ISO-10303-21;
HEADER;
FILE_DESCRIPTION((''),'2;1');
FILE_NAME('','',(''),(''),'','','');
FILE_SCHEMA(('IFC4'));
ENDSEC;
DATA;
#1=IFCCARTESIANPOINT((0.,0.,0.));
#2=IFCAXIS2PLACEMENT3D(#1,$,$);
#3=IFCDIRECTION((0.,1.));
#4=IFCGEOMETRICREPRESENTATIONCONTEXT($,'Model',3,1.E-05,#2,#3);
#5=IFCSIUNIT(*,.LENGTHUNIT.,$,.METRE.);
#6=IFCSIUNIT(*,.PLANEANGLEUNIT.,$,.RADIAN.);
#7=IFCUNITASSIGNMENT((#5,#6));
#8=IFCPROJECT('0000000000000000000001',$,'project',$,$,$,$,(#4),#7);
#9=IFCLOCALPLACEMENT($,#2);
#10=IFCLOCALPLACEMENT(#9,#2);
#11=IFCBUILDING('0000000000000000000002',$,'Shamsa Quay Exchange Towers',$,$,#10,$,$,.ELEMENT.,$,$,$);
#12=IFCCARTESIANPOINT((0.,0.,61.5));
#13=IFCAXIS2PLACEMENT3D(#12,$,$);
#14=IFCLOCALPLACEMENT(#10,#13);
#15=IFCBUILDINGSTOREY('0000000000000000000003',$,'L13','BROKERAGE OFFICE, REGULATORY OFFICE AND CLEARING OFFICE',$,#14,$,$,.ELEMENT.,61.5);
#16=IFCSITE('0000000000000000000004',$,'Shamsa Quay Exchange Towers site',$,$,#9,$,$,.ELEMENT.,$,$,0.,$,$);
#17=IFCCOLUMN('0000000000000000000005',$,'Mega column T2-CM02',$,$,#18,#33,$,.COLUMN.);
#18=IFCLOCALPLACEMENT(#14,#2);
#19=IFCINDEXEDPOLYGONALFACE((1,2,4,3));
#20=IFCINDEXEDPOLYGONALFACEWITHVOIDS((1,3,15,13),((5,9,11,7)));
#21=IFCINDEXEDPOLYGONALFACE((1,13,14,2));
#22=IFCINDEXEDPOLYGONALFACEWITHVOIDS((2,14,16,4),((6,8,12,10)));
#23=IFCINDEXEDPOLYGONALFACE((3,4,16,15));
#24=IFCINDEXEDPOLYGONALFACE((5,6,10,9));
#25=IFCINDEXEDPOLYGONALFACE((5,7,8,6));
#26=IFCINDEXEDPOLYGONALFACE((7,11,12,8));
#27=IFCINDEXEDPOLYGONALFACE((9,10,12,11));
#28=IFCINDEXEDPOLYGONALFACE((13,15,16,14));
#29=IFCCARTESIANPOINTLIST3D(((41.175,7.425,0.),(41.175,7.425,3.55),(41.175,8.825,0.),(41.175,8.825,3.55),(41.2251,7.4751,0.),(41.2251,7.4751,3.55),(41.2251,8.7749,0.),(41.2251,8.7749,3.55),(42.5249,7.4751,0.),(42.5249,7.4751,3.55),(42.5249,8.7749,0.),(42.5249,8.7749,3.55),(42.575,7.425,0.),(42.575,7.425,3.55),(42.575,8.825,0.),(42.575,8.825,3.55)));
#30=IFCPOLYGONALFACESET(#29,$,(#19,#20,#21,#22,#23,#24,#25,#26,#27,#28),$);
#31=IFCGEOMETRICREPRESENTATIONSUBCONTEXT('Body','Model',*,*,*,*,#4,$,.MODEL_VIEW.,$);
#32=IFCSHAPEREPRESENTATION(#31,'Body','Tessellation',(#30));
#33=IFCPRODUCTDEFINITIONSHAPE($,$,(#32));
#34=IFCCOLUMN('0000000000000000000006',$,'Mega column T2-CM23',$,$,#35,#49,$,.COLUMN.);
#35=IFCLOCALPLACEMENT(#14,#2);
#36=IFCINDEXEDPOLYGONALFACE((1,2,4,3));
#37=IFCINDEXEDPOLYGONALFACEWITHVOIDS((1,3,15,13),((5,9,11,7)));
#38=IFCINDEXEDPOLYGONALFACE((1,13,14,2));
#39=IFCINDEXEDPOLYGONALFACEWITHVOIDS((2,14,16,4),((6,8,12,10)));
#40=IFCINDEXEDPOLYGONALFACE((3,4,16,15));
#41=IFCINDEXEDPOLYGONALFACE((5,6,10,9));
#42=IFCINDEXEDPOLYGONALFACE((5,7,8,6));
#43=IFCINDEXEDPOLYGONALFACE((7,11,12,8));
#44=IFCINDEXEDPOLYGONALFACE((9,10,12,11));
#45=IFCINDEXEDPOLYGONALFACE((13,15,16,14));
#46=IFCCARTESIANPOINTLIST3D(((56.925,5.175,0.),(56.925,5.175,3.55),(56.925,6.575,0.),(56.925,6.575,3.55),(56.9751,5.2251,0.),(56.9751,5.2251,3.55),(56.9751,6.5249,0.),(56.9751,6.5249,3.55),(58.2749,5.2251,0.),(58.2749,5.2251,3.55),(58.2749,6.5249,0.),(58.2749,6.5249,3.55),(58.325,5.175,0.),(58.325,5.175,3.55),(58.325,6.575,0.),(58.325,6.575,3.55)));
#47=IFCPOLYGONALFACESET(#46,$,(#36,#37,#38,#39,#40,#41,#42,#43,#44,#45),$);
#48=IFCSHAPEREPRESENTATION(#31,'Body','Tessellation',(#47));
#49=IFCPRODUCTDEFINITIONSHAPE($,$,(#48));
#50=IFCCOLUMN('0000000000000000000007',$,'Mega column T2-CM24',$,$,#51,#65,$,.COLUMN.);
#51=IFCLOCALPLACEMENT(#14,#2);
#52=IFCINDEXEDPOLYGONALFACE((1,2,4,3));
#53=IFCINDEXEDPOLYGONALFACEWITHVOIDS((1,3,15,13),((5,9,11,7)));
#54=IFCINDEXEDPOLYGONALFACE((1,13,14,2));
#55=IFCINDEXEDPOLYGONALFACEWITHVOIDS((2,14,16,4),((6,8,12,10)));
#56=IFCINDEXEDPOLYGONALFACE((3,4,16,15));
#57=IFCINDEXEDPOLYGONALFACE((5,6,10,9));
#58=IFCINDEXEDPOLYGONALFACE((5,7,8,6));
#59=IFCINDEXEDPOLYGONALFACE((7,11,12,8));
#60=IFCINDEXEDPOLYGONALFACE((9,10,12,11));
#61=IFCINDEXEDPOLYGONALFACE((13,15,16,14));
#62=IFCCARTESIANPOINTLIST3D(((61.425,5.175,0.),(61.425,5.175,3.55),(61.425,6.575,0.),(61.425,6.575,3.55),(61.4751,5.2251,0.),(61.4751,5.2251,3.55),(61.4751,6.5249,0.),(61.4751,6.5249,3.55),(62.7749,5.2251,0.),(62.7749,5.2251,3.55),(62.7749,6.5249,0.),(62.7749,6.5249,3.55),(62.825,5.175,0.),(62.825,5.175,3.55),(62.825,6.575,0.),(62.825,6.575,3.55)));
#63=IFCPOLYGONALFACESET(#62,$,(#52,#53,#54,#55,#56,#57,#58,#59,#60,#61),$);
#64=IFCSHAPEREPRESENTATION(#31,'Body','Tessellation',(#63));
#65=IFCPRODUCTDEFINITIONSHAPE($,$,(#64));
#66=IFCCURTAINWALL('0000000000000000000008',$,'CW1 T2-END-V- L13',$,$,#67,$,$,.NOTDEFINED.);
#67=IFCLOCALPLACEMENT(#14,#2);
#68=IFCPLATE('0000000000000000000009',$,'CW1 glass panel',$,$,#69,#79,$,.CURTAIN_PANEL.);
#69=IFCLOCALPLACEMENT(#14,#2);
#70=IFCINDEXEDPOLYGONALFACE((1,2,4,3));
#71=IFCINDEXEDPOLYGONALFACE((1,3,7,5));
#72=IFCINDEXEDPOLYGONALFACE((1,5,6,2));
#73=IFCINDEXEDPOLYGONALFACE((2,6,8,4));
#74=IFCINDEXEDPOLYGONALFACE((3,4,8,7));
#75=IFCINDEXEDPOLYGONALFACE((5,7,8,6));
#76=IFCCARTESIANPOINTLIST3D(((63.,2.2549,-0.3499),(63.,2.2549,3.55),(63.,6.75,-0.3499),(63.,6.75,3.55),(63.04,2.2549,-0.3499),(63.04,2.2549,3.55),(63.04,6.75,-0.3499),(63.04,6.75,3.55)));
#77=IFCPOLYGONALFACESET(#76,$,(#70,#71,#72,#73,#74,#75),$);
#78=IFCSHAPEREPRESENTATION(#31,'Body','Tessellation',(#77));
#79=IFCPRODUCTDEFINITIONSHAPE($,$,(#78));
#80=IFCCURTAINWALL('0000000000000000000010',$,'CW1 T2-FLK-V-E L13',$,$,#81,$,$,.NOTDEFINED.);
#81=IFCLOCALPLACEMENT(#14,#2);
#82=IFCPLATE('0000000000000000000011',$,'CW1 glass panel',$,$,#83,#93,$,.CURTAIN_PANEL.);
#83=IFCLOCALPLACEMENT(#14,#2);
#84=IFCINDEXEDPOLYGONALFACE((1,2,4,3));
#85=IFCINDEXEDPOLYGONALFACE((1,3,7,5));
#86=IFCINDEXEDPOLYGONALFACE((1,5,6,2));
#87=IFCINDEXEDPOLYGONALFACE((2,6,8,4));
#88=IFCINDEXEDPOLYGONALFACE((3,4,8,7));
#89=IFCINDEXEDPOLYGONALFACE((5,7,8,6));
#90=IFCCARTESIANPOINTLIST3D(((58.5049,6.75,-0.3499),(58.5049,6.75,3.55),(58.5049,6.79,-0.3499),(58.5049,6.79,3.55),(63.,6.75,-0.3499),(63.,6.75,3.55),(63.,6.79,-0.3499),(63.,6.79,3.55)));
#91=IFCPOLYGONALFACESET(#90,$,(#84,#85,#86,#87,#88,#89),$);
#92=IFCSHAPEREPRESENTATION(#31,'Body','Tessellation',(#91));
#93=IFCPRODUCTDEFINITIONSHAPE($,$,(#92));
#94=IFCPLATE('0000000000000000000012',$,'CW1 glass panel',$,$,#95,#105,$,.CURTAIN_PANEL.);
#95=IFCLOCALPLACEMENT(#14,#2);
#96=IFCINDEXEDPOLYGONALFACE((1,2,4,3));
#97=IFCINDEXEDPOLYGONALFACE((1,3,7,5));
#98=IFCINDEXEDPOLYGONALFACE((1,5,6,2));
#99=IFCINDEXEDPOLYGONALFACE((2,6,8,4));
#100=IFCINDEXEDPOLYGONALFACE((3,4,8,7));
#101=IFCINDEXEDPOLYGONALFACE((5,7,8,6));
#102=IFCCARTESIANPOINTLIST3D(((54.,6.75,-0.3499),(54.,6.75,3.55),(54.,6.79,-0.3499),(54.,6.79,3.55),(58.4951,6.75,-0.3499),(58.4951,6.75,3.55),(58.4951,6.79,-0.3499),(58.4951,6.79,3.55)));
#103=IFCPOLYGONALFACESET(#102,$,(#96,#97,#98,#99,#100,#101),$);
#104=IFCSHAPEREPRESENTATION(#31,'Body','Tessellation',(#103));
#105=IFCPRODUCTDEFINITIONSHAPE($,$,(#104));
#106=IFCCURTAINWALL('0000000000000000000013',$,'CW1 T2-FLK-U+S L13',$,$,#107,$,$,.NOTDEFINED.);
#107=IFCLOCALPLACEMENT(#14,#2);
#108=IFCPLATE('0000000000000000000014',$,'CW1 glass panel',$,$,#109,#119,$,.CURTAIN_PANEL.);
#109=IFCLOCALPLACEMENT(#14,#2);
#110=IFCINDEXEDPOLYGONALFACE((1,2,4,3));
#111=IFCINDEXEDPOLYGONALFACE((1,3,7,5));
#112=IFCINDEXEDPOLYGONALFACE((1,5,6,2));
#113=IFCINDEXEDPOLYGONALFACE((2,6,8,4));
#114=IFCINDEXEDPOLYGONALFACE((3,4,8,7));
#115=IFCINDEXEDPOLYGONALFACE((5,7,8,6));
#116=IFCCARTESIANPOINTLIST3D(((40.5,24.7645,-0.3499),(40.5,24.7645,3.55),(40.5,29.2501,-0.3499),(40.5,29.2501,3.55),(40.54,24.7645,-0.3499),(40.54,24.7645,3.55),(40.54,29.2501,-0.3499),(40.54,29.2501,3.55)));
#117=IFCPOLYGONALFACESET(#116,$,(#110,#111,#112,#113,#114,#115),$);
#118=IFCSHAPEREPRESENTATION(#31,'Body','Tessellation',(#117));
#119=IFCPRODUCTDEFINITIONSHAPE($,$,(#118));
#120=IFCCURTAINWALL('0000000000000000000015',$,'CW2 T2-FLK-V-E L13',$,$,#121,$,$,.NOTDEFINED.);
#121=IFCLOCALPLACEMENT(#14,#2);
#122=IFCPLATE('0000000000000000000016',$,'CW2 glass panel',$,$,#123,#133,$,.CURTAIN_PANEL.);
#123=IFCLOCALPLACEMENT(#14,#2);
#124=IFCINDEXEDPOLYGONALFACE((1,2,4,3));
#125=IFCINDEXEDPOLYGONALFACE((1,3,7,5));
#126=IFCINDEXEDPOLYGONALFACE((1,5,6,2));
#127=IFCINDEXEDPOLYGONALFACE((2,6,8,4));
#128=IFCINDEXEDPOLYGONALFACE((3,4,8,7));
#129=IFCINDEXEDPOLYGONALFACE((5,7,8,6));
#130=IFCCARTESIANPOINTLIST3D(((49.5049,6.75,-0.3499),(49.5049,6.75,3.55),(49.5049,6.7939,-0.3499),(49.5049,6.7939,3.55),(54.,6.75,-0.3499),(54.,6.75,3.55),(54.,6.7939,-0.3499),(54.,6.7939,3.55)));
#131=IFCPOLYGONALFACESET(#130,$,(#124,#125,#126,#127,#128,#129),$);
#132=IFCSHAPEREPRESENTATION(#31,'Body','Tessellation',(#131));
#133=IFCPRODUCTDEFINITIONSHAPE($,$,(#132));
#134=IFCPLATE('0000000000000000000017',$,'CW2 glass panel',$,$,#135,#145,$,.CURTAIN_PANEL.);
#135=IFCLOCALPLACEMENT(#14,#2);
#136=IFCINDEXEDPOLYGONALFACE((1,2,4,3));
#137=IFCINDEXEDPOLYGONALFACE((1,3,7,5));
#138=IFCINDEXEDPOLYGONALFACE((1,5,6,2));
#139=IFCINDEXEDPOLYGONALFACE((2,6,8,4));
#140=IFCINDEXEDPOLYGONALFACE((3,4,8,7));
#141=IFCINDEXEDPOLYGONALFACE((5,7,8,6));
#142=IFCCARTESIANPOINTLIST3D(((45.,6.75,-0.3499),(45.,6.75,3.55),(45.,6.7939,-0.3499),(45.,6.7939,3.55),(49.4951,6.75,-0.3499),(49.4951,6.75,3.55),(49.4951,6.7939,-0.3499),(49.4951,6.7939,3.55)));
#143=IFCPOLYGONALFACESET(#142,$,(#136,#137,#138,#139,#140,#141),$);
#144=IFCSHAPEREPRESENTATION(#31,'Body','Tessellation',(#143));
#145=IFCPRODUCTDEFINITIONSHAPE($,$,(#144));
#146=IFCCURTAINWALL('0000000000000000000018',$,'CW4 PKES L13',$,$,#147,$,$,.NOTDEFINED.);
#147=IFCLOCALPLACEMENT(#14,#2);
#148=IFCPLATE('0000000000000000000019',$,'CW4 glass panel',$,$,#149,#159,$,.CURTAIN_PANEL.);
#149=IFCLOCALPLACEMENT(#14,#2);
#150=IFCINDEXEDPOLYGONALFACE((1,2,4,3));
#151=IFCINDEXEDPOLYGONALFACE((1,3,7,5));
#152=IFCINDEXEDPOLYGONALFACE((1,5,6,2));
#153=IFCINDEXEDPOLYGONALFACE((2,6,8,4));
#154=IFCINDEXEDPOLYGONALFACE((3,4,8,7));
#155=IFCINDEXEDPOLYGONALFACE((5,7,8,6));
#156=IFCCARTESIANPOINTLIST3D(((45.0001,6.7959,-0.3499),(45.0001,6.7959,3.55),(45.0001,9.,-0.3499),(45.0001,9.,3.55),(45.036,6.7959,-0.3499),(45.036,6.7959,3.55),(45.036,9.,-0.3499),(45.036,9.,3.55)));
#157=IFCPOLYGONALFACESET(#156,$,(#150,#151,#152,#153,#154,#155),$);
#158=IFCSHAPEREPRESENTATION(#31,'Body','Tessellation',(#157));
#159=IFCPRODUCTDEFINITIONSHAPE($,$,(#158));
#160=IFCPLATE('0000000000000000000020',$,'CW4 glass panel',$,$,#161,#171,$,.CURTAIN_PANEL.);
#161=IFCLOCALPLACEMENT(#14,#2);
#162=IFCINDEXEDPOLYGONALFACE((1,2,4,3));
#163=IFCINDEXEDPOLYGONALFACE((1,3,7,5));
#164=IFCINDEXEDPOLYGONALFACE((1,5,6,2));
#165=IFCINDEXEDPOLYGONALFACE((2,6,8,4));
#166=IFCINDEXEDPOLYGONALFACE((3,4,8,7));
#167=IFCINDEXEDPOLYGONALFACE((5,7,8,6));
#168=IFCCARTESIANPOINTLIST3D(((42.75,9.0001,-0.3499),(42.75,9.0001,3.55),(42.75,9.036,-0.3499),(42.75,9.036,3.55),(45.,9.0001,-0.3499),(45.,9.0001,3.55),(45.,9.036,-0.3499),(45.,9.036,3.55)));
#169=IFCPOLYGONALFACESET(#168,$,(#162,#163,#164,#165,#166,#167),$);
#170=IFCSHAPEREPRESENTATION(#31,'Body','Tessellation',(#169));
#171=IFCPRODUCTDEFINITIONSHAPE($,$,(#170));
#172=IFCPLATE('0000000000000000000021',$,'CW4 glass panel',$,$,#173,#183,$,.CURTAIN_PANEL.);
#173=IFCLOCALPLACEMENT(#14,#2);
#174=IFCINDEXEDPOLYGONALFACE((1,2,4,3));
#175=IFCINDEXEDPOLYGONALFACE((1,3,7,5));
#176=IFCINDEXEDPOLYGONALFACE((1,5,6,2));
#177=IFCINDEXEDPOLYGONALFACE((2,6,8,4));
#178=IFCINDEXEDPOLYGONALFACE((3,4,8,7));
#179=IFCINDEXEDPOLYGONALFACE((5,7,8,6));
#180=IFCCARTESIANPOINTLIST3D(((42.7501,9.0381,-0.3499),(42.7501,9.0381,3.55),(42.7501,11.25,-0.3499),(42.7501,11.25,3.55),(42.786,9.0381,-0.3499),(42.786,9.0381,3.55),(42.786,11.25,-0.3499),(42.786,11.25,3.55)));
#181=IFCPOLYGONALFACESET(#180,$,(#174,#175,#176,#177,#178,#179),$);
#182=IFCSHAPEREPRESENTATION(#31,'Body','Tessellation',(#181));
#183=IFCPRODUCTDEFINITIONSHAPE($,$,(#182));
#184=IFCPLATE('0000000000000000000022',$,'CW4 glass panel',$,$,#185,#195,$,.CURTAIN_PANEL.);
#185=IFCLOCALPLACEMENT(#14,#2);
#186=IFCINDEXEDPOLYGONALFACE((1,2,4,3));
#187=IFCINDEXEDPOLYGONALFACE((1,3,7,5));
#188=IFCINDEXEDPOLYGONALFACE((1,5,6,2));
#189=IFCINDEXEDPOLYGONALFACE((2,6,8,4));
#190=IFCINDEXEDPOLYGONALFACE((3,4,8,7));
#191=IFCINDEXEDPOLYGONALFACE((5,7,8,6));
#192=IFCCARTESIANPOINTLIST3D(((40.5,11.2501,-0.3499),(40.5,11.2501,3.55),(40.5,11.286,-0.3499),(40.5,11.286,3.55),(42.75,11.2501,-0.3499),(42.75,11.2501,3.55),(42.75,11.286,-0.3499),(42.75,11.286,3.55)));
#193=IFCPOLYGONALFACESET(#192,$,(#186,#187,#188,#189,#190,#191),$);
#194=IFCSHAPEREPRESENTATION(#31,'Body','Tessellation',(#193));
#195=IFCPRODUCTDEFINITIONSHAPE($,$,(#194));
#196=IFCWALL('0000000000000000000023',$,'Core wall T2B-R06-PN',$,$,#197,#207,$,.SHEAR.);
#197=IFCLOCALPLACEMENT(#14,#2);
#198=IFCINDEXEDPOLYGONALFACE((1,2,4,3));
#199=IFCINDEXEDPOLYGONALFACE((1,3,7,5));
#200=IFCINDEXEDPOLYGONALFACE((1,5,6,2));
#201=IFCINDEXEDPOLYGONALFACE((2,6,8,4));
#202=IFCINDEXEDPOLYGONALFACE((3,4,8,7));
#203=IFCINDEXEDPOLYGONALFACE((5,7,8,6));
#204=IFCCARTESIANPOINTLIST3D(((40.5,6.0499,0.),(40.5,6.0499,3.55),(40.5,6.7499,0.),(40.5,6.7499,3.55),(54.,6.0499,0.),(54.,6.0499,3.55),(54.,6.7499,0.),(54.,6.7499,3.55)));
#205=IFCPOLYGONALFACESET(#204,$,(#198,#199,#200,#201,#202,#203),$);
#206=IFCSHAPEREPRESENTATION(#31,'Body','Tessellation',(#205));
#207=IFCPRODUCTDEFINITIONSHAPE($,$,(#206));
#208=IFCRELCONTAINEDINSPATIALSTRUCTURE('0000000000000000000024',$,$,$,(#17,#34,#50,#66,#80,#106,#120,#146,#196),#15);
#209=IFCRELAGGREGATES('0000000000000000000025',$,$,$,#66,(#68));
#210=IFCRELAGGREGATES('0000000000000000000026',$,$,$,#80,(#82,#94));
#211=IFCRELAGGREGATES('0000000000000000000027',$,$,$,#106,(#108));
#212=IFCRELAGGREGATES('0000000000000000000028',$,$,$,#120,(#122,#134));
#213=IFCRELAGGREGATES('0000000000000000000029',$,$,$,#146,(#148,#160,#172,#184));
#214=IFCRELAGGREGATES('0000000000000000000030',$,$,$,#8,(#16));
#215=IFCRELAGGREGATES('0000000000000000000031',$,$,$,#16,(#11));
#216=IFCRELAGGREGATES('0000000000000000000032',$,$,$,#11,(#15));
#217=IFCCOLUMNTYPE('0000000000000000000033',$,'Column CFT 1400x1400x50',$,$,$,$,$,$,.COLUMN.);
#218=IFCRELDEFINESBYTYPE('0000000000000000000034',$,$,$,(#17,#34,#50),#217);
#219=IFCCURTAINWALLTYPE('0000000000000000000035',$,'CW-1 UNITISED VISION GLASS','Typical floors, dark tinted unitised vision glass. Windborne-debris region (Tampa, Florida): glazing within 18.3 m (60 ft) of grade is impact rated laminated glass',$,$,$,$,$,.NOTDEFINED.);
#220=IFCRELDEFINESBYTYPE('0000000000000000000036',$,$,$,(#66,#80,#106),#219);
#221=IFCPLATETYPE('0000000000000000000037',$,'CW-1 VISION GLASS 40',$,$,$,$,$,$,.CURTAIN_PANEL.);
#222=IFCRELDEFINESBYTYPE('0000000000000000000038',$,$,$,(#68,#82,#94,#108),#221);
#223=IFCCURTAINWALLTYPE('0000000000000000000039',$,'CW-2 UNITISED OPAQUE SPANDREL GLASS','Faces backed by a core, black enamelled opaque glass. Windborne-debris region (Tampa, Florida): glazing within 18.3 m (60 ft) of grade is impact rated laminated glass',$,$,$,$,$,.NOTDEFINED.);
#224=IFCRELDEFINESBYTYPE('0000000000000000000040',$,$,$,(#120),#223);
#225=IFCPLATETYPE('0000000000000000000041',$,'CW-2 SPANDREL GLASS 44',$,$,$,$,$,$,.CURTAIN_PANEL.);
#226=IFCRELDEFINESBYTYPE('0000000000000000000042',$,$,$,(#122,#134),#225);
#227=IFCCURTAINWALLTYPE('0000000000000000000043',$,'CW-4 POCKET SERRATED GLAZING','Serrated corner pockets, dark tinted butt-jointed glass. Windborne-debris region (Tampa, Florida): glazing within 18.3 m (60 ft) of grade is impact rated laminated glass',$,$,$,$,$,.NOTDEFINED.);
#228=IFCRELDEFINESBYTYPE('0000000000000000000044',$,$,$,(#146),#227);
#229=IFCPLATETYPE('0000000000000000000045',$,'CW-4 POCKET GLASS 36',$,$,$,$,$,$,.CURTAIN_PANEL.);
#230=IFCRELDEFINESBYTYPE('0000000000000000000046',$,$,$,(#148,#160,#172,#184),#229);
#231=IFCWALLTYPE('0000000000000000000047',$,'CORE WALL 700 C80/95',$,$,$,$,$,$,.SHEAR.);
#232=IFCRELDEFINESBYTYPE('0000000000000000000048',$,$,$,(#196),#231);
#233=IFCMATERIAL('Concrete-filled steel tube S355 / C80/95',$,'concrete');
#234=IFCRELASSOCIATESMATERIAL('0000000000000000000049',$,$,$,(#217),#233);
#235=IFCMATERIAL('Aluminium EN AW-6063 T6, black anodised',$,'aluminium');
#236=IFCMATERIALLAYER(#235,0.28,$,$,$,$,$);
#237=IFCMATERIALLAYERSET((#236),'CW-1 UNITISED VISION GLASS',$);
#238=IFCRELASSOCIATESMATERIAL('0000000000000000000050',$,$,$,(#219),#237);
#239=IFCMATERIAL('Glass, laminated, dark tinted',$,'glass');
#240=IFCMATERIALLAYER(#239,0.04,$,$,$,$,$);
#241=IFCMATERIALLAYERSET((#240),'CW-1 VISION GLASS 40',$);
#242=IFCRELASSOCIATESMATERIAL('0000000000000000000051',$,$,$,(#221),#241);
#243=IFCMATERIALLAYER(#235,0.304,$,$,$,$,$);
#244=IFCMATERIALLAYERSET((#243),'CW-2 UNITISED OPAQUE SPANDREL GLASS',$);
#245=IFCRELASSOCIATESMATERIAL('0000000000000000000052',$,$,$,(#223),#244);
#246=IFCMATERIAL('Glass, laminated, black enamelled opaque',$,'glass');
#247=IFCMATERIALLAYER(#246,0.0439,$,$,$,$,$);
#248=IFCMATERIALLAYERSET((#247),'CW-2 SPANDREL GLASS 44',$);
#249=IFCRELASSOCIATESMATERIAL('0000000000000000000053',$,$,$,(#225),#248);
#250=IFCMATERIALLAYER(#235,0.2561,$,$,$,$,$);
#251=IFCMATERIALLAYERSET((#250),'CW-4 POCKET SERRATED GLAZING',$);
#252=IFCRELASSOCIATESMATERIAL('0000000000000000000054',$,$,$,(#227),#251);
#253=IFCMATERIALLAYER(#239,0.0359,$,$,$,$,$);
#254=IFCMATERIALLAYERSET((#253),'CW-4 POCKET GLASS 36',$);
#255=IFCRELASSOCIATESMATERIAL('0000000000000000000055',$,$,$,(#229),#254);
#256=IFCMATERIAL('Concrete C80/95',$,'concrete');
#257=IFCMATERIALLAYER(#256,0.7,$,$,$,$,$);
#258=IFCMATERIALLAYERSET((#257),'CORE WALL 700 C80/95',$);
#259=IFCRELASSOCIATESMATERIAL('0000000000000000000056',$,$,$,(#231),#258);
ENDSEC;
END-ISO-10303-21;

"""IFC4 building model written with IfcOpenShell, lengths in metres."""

from ifc_helpers import new_model, si_unit, direction, frame, frame_2d, origin, origin_2d, place, context, subcontext, project, spatial, rectangle, hollow_rectangle, extrude, material, layer, layer_set, material_profile, profile_set, type_object, element, aggregate, save


model = new_model("IFC4")

# Units and contexts
model_context = context("Model", 3, precision=1e-05, world=origin(), true_north=direction((0.0, 1.0)))
body_context = subcontext(model_context, "Body", "Model", "MODEL_VIEW")
ifc_project = project(units=[si_unit("LENGTHUNIT", "METRE"), si_unit("PLANEANGLEUNIT", "RADIAN")], contexts=[model_context])

# Site, building, storey
site_placement = place(None, origin())
site = spatial("IfcSite", under=ifc_project, at=site_placement, Name="Shamsa Quay Exchange Towers site", CompositionType="ELEMENT", RefElevation=0.0)
building_placement = place(site_placement, origin())
building = spatial("IfcBuilding", under=site, at=building_placement, Name="Shamsa Quay Exchange Towers", CompositionType="ELEMENT")
storey_placement = place(building_placement, frame((0.0, 0.0, 61.5)))
storey = spatial("IfcBuildingStorey", under=building, at=storey_placement, Name="L13", Description="BROKERAGE OFFICE, REGULATORY OFFICE AND CLEARING OFFICE", CompositionType="ELEMENT", Elevation=61.5)

# Columns
ifc_material_1 = material(Name="Concrete-filled steel tube S355 / C80/95", Category="concrete")
ifc_material_profile = material_profile(ifc_material_1, hollow_rectangle(XDim=1.3999, YDim=1.3999, WallThickness=0.05, at=origin_2d()), Name="CFT 1400x1400x50")
ifc_profile_set = profile_set([ifc_material_profile], Name="Concrete-filled steel tube S355 / C80/95")
column_type = type_object("IfcColumnType", Name="Column CFT 1400x1400x50", PredefinedType="COLUMN", material=ifc_profile_set)
for number, where, name in (
    (1, (41.875, 8.125, 0.0), "Mega column T2-CM02"),
    (2, (57.625, 5.875, 0.0), "Mega column T2-CM23"),
    (3, (62.125, 5.875, 0.0), "Mega column T2-CM24"),
):
    element("IfcColumn", number, at=place(storey_placement, frame(where)), inside=storey, type_object=column_type, Name=name, PredefinedType="COLUMN", context=body_context, shape_type="SweptSolid", body=[
        extrude(hollow_rectangle(XDim=1.3999, YDim=1.3999, WallThickness=0.05, at=origin_2d()), origin(), (0.0, 0.0, 1.0), 3.55),
    ])

# Curtain wall, plate
ifc_material_2 = material(Name="Aluminium EN AW-6063 T6, black anodised", Category="aluminium")
ifc_layer_1 = layer(ifc_material_2, 0.28)
ifc_layer_set_1 = layer_set([ifc_layer_1], Name="CW-1 UNITISED VISION GLASS")
curtain_wall_type_1 = type_object("IfcCurtainWallType", Name="CW-1 UNITISED VISION GLASS", Description="Typical floors, dark tinted unitised vision glass. Windborne-debris region (Tampa, Florida): glazing within 18.3 m (60 ft) of grade is impact rated laminated glass", PredefinedType="NOTDEFINED", material=ifc_layer_set_1)
curtain_wall_1_placement = place(storey_placement, origin())
curtain_wall_1 = element("IfcCurtainWall", 4, at=curtain_wall_1_placement, inside=storey, type_object=curtain_wall_type_1, Name="CW1 T2-END-V- L13", PredefinedType="NOTDEFINED")
ifc_material_3 = material(Name="Glass, laminated, dark tinted", Category="glass")
ifc_layer_2 = layer(ifc_material_3, 0.04)
ifc_layer_set_2 = layer_set([ifc_layer_2], Name="CW-1 VISION GLASS 40")
plate_type_1 = type_object("IfcPlateType", Name="CW-1 VISION GLASS 40", PredefinedType="CURTAIN_PANEL", material=ifc_layer_set_2)
plate_1_placement = place(storey_placement, frame((63.02, 4.5024, -0.3499), z_axis=(0.0, 0.0, 1.0), x_axis=(0.0, 1.0, 0.0)))
plate_1 = element("IfcPlate", 5, at=plate_1_placement, type_object=plate_type_1, Name="CW1 glass panel", PredefinedType="CURTAIN_PANEL", context=body_context, shape_type="SweptSolid", body=[
    extrude(rectangle(XDim=4.4951, YDim=0.04, at=origin_2d()), origin(), (0.0, 0.0, 1.0), 3.8999),
])
aggregate(curtain_wall_1, [plate_1])

# Curtain wall, plates
curtain_wall_2_placement = place(storey_placement, origin())
curtain_wall_2 = element("IfcCurtainWall", 6, at=curtain_wall_2_placement, inside=storey, type_object=curtain_wall_type_1, Name="CW1 T2-FLK-V-E L13", PredefinedType="NOTDEFINED")
plate_2_placement = place(storey_placement, frame((60.7524, 6.77, -0.3499), z_axis=(0.0, 0.0, 1.0), x_axis=(-1.0, 0.0, 0.0)))
plate_2 = element("IfcPlate", 7, at=plate_2_placement, type_object=plate_type_1, Name="CW1 glass panel", PredefinedType="CURTAIN_PANEL", context=body_context, shape_type="SweptSolid", body=[
    extrude(rectangle(XDim=4.4951, YDim=0.04, at=origin_2d()), origin(), (0.0, 0.0, 1.0), 3.8999),
])
plate_3_placement = place(storey_placement, frame((56.2476, 6.77, -0.3499), z_axis=(0.0, 0.0, 1.0), x_axis=(-1.0, 0.0, 0.0)))
plate_3 = element("IfcPlate", 8, at=plate_3_placement, type_object=plate_type_1, Name="CW1 glass panel", PredefinedType="CURTAIN_PANEL", context=body_context, shape_type="SweptSolid", body=[
    extrude(rectangle(XDim=4.4951, YDim=0.04, at=origin_2d()), origin(), (0.0, 0.0, 1.0), 3.8999),
])
aggregate(curtain_wall_2, [plate_2, plate_3])

# Curtain wall, plate
curtain_wall_3_placement = place(storey_placement, origin())
curtain_wall_3 = element("IfcCurtainWall", 9, at=curtain_wall_3_placement, inside=storey, type_object=curtain_wall_type_1, Name="CW1 T2-FLK-U+S L13", PredefinedType="NOTDEFINED")
plate_4_placement = place(storey_placement, frame((40.52, 27.0073, -0.3499), z_axis=(0.0, 0.0, 1.0), x_axis=(0.0, 1.0, 0.0)))
plate_4 = element("IfcPlate", 10, at=plate_4_placement, type_object=plate_type_1, Name="CW1 glass panel", PredefinedType="CURTAIN_PANEL", context=body_context, shape_type="SweptSolid", body=[
    extrude(rectangle(XDim=4.4856, YDim=0.04, at=origin_2d()), origin(), (0.0, 0.0, 1.0), 3.8999),
])
aggregate(curtain_wall_3, [plate_4])

# Curtain walls, plates
ifc_layer_3 = layer(ifc_material_2, 0.304)
ifc_layer_set_3 = layer_set([ifc_layer_3], Name="CW-2 UNITISED OPAQUE SPANDREL GLASS")
curtain_wall_type_2 = type_object("IfcCurtainWallType", Name="CW-2 UNITISED OPAQUE SPANDREL GLASS", Description="Faces backed by a core, black enamelled opaque glass. Windborne-debris region (Tampa, Florida): glazing within 18.3 m (60 ft) of grade is impact rated laminated glass", PredefinedType="NOTDEFINED", material=ifc_layer_set_3)
curtain_wall_4_placement = place(storey_placement, origin())
curtain_wall_4 = element("IfcCurtainWall", 11, at=curtain_wall_4_placement, inside=storey, type_object=curtain_wall_type_2, Name="CW2 T2-FLK-V-E L13", PredefinedType="NOTDEFINED")
ifc_material_4 = material(Name="Glass, laminated, black enamelled opaque", Category="glass")
ifc_layer_4 = layer(ifc_material_4, 0.0439)
ifc_layer_set_4 = layer_set([ifc_layer_4], Name="CW-2 SPANDREL GLASS 44")
plate_type_2 = type_object("IfcPlateType", Name="CW-2 SPANDREL GLASS 44", PredefinedType="CURTAIN_PANEL", material=ifc_layer_set_4)
plate_5_placement = place(storey_placement, frame((51.7524, 6.772, -0.3499), z_axis=(0.0, 0.0, 1.0), x_axis=(-1.0, 0.0, 0.0)))
plate_5 = element("IfcPlate", 12, at=plate_5_placement, type_object=plate_type_2, Name="CW2 glass panel", PredefinedType="CURTAIN_PANEL", context=body_context, shape_type="SweptSolid", body=[
    extrude(rectangle(XDim=4.4951, YDim=0.0439, at=origin_2d()), origin(), (0.0, 0.0, 1.0), 3.8999),
])
plate_6_placement = place(storey_placement, frame((47.2476, 6.772, -0.3499), z_axis=(0.0, 0.0, 1.0), x_axis=(-1.0, 0.0, 0.0)))
plate_6 = element("IfcPlate", 13, at=plate_6_placement, type_object=plate_type_2, Name="CW2 glass panel", PredefinedType="CURTAIN_PANEL", context=body_context, shape_type="SweptSolid", body=[
    extrude(rectangle(XDim=4.4951, YDim=0.0439, at=origin_2d()), origin(), (0.0, 0.0, 1.0), 3.8999),
])
aggregate(curtain_wall_4, [plate_5, plate_6])
ifc_layer_5 = layer(ifc_material_2, 0.2561)
ifc_layer_set_5 = layer_set([ifc_layer_5], Name="CW-4 POCKET SERRATED GLAZING")
curtain_wall_type_3 = type_object("IfcCurtainWallType", Name="CW-4 POCKET SERRATED GLAZING", Description="Serrated corner pockets, dark tinted butt-jointed glass. Windborne-debris region (Tampa, Florida): glazing within 18.3 m (60 ft) of grade is impact rated laminated glass", PredefinedType="NOTDEFINED", material=ifc_layer_set_5)
curtain_wall_5_placement = place(storey_placement, origin())
curtain_wall_5 = element("IfcCurtainWall", 14, at=curtain_wall_5_placement, inside=storey, type_object=curtain_wall_type_3, Name="CW4 PKES L13", PredefinedType="NOTDEFINED")
ifc_layer_6 = layer(ifc_material_3, 0.0359)
ifc_layer_set_6 = layer_set([ifc_layer_6], Name="CW-4 POCKET GLASS 36")
plate_type_3 = type_object("IfcPlateType", Name="CW-4 POCKET GLASS 36", PredefinedType="CURTAIN_PANEL", material=ifc_layer_set_6)
plate_7_placement = place(storey_placement, frame((45.0181, 7.8979, -0.3499), z_axis=(0.0, 0.0, 1.0), x_axis=(0.0, 1.0, 0.0)))
plate_7 = element("IfcPlate", 15, at=plate_7_placement, type_object=plate_type_3, Name="CW4 glass panel", PredefinedType="CURTAIN_PANEL", context=body_context, shape_type="SweptSolid", body=[
    extrude(rectangle(XDim=2.2041, YDim=0.0359, at=origin_2d()), origin(), (0.0, 0.0, 1.0), 3.8999),
])
plate_8_placement = place(storey_placement, frame((43.875, 9.0181, -0.3499), z_axis=(0.0, 0.0, 1.0), x_axis=(-1.0, 0.0, 0.0)))
plate_8 = element("IfcPlate", 16, at=plate_8_placement, type_object=plate_type_3, Name="CW4 glass panel", PredefinedType="CURTAIN_PANEL", context=body_context, shape_type="SweptSolid", body=[
    extrude(rectangle(XDim=2.25, YDim=0.0359, at=origin_2d()), origin(), (0.0, 0.0, 1.0), 3.8999),
])
plate_9_placement = place(storey_placement, frame((42.7681, 10.144, -0.3499), z_axis=(0.0, 0.0, 1.0), x_axis=(0.0, 1.0, 0.0)))
plate_9 = element("IfcPlate", 17, at=plate_9_placement, type_object=plate_type_3, Name="CW4 glass panel", PredefinedType="CURTAIN_PANEL", context=body_context, shape_type="SweptSolid", body=[
    extrude(rectangle(XDim=2.2119, YDim=0.0359, at=origin_2d()), origin(), (0.0, 0.0, 1.0), 3.8999),
])
plate_10_placement = place(storey_placement, frame((41.625, 11.2681, -0.3499), z_axis=(0.0, 0.0, 1.0), x_axis=(-1.0, 0.0, 0.0)))
plate_10 = element("IfcPlate", 18, at=plate_10_placement, type_object=plate_type_3, Name="CW4 glass panel", PredefinedType="CURTAIN_PANEL", context=body_context, shape_type="SweptSolid", body=[
    extrude(rectangle(XDim=2.25, YDim=0.0359, at=origin_2d()), origin(), (0.0, 0.0, 1.0), 3.8999),
])
aggregate(curtain_wall_5, [plate_7, plate_8, plate_9, plate_10])

# Wall
ifc_material_5 = material(Name="Concrete C80/95", Category="concrete")
ifc_layer_7 = layer(ifc_material_5, 0.7)
ifc_layer_set_7 = layer_set([ifc_layer_7], Name="CORE WALL 700 C80/95")
wall_type_1 = type_object("IfcWallType", Name="CORE WALL 700 C80/95", PredefinedType="SHEAR", material=ifc_layer_set_7)
wall_1_placement = place(storey_placement, frame((54.0, 6.3999, 0.0), z_axis=(0.0, 0.0, 1.0), x_axis=(-1.0, 0.0, 0.0)))
element("IfcWall", 19, at=wall_1_placement, inside=storey, type_object=wall_type_1, Name="Core wall T2B-R06-PN", PredefinedType="SHEAR", context=body_context, shape_type="SweptSolid", body=[
    extrude(rectangle(XDim=13.5, YDim=0.7, at=frame_2d((6.75, 0.0))), origin(), (0.0, 0.0, 1.0), 3.55),
])

save(model, "model.ifc")
